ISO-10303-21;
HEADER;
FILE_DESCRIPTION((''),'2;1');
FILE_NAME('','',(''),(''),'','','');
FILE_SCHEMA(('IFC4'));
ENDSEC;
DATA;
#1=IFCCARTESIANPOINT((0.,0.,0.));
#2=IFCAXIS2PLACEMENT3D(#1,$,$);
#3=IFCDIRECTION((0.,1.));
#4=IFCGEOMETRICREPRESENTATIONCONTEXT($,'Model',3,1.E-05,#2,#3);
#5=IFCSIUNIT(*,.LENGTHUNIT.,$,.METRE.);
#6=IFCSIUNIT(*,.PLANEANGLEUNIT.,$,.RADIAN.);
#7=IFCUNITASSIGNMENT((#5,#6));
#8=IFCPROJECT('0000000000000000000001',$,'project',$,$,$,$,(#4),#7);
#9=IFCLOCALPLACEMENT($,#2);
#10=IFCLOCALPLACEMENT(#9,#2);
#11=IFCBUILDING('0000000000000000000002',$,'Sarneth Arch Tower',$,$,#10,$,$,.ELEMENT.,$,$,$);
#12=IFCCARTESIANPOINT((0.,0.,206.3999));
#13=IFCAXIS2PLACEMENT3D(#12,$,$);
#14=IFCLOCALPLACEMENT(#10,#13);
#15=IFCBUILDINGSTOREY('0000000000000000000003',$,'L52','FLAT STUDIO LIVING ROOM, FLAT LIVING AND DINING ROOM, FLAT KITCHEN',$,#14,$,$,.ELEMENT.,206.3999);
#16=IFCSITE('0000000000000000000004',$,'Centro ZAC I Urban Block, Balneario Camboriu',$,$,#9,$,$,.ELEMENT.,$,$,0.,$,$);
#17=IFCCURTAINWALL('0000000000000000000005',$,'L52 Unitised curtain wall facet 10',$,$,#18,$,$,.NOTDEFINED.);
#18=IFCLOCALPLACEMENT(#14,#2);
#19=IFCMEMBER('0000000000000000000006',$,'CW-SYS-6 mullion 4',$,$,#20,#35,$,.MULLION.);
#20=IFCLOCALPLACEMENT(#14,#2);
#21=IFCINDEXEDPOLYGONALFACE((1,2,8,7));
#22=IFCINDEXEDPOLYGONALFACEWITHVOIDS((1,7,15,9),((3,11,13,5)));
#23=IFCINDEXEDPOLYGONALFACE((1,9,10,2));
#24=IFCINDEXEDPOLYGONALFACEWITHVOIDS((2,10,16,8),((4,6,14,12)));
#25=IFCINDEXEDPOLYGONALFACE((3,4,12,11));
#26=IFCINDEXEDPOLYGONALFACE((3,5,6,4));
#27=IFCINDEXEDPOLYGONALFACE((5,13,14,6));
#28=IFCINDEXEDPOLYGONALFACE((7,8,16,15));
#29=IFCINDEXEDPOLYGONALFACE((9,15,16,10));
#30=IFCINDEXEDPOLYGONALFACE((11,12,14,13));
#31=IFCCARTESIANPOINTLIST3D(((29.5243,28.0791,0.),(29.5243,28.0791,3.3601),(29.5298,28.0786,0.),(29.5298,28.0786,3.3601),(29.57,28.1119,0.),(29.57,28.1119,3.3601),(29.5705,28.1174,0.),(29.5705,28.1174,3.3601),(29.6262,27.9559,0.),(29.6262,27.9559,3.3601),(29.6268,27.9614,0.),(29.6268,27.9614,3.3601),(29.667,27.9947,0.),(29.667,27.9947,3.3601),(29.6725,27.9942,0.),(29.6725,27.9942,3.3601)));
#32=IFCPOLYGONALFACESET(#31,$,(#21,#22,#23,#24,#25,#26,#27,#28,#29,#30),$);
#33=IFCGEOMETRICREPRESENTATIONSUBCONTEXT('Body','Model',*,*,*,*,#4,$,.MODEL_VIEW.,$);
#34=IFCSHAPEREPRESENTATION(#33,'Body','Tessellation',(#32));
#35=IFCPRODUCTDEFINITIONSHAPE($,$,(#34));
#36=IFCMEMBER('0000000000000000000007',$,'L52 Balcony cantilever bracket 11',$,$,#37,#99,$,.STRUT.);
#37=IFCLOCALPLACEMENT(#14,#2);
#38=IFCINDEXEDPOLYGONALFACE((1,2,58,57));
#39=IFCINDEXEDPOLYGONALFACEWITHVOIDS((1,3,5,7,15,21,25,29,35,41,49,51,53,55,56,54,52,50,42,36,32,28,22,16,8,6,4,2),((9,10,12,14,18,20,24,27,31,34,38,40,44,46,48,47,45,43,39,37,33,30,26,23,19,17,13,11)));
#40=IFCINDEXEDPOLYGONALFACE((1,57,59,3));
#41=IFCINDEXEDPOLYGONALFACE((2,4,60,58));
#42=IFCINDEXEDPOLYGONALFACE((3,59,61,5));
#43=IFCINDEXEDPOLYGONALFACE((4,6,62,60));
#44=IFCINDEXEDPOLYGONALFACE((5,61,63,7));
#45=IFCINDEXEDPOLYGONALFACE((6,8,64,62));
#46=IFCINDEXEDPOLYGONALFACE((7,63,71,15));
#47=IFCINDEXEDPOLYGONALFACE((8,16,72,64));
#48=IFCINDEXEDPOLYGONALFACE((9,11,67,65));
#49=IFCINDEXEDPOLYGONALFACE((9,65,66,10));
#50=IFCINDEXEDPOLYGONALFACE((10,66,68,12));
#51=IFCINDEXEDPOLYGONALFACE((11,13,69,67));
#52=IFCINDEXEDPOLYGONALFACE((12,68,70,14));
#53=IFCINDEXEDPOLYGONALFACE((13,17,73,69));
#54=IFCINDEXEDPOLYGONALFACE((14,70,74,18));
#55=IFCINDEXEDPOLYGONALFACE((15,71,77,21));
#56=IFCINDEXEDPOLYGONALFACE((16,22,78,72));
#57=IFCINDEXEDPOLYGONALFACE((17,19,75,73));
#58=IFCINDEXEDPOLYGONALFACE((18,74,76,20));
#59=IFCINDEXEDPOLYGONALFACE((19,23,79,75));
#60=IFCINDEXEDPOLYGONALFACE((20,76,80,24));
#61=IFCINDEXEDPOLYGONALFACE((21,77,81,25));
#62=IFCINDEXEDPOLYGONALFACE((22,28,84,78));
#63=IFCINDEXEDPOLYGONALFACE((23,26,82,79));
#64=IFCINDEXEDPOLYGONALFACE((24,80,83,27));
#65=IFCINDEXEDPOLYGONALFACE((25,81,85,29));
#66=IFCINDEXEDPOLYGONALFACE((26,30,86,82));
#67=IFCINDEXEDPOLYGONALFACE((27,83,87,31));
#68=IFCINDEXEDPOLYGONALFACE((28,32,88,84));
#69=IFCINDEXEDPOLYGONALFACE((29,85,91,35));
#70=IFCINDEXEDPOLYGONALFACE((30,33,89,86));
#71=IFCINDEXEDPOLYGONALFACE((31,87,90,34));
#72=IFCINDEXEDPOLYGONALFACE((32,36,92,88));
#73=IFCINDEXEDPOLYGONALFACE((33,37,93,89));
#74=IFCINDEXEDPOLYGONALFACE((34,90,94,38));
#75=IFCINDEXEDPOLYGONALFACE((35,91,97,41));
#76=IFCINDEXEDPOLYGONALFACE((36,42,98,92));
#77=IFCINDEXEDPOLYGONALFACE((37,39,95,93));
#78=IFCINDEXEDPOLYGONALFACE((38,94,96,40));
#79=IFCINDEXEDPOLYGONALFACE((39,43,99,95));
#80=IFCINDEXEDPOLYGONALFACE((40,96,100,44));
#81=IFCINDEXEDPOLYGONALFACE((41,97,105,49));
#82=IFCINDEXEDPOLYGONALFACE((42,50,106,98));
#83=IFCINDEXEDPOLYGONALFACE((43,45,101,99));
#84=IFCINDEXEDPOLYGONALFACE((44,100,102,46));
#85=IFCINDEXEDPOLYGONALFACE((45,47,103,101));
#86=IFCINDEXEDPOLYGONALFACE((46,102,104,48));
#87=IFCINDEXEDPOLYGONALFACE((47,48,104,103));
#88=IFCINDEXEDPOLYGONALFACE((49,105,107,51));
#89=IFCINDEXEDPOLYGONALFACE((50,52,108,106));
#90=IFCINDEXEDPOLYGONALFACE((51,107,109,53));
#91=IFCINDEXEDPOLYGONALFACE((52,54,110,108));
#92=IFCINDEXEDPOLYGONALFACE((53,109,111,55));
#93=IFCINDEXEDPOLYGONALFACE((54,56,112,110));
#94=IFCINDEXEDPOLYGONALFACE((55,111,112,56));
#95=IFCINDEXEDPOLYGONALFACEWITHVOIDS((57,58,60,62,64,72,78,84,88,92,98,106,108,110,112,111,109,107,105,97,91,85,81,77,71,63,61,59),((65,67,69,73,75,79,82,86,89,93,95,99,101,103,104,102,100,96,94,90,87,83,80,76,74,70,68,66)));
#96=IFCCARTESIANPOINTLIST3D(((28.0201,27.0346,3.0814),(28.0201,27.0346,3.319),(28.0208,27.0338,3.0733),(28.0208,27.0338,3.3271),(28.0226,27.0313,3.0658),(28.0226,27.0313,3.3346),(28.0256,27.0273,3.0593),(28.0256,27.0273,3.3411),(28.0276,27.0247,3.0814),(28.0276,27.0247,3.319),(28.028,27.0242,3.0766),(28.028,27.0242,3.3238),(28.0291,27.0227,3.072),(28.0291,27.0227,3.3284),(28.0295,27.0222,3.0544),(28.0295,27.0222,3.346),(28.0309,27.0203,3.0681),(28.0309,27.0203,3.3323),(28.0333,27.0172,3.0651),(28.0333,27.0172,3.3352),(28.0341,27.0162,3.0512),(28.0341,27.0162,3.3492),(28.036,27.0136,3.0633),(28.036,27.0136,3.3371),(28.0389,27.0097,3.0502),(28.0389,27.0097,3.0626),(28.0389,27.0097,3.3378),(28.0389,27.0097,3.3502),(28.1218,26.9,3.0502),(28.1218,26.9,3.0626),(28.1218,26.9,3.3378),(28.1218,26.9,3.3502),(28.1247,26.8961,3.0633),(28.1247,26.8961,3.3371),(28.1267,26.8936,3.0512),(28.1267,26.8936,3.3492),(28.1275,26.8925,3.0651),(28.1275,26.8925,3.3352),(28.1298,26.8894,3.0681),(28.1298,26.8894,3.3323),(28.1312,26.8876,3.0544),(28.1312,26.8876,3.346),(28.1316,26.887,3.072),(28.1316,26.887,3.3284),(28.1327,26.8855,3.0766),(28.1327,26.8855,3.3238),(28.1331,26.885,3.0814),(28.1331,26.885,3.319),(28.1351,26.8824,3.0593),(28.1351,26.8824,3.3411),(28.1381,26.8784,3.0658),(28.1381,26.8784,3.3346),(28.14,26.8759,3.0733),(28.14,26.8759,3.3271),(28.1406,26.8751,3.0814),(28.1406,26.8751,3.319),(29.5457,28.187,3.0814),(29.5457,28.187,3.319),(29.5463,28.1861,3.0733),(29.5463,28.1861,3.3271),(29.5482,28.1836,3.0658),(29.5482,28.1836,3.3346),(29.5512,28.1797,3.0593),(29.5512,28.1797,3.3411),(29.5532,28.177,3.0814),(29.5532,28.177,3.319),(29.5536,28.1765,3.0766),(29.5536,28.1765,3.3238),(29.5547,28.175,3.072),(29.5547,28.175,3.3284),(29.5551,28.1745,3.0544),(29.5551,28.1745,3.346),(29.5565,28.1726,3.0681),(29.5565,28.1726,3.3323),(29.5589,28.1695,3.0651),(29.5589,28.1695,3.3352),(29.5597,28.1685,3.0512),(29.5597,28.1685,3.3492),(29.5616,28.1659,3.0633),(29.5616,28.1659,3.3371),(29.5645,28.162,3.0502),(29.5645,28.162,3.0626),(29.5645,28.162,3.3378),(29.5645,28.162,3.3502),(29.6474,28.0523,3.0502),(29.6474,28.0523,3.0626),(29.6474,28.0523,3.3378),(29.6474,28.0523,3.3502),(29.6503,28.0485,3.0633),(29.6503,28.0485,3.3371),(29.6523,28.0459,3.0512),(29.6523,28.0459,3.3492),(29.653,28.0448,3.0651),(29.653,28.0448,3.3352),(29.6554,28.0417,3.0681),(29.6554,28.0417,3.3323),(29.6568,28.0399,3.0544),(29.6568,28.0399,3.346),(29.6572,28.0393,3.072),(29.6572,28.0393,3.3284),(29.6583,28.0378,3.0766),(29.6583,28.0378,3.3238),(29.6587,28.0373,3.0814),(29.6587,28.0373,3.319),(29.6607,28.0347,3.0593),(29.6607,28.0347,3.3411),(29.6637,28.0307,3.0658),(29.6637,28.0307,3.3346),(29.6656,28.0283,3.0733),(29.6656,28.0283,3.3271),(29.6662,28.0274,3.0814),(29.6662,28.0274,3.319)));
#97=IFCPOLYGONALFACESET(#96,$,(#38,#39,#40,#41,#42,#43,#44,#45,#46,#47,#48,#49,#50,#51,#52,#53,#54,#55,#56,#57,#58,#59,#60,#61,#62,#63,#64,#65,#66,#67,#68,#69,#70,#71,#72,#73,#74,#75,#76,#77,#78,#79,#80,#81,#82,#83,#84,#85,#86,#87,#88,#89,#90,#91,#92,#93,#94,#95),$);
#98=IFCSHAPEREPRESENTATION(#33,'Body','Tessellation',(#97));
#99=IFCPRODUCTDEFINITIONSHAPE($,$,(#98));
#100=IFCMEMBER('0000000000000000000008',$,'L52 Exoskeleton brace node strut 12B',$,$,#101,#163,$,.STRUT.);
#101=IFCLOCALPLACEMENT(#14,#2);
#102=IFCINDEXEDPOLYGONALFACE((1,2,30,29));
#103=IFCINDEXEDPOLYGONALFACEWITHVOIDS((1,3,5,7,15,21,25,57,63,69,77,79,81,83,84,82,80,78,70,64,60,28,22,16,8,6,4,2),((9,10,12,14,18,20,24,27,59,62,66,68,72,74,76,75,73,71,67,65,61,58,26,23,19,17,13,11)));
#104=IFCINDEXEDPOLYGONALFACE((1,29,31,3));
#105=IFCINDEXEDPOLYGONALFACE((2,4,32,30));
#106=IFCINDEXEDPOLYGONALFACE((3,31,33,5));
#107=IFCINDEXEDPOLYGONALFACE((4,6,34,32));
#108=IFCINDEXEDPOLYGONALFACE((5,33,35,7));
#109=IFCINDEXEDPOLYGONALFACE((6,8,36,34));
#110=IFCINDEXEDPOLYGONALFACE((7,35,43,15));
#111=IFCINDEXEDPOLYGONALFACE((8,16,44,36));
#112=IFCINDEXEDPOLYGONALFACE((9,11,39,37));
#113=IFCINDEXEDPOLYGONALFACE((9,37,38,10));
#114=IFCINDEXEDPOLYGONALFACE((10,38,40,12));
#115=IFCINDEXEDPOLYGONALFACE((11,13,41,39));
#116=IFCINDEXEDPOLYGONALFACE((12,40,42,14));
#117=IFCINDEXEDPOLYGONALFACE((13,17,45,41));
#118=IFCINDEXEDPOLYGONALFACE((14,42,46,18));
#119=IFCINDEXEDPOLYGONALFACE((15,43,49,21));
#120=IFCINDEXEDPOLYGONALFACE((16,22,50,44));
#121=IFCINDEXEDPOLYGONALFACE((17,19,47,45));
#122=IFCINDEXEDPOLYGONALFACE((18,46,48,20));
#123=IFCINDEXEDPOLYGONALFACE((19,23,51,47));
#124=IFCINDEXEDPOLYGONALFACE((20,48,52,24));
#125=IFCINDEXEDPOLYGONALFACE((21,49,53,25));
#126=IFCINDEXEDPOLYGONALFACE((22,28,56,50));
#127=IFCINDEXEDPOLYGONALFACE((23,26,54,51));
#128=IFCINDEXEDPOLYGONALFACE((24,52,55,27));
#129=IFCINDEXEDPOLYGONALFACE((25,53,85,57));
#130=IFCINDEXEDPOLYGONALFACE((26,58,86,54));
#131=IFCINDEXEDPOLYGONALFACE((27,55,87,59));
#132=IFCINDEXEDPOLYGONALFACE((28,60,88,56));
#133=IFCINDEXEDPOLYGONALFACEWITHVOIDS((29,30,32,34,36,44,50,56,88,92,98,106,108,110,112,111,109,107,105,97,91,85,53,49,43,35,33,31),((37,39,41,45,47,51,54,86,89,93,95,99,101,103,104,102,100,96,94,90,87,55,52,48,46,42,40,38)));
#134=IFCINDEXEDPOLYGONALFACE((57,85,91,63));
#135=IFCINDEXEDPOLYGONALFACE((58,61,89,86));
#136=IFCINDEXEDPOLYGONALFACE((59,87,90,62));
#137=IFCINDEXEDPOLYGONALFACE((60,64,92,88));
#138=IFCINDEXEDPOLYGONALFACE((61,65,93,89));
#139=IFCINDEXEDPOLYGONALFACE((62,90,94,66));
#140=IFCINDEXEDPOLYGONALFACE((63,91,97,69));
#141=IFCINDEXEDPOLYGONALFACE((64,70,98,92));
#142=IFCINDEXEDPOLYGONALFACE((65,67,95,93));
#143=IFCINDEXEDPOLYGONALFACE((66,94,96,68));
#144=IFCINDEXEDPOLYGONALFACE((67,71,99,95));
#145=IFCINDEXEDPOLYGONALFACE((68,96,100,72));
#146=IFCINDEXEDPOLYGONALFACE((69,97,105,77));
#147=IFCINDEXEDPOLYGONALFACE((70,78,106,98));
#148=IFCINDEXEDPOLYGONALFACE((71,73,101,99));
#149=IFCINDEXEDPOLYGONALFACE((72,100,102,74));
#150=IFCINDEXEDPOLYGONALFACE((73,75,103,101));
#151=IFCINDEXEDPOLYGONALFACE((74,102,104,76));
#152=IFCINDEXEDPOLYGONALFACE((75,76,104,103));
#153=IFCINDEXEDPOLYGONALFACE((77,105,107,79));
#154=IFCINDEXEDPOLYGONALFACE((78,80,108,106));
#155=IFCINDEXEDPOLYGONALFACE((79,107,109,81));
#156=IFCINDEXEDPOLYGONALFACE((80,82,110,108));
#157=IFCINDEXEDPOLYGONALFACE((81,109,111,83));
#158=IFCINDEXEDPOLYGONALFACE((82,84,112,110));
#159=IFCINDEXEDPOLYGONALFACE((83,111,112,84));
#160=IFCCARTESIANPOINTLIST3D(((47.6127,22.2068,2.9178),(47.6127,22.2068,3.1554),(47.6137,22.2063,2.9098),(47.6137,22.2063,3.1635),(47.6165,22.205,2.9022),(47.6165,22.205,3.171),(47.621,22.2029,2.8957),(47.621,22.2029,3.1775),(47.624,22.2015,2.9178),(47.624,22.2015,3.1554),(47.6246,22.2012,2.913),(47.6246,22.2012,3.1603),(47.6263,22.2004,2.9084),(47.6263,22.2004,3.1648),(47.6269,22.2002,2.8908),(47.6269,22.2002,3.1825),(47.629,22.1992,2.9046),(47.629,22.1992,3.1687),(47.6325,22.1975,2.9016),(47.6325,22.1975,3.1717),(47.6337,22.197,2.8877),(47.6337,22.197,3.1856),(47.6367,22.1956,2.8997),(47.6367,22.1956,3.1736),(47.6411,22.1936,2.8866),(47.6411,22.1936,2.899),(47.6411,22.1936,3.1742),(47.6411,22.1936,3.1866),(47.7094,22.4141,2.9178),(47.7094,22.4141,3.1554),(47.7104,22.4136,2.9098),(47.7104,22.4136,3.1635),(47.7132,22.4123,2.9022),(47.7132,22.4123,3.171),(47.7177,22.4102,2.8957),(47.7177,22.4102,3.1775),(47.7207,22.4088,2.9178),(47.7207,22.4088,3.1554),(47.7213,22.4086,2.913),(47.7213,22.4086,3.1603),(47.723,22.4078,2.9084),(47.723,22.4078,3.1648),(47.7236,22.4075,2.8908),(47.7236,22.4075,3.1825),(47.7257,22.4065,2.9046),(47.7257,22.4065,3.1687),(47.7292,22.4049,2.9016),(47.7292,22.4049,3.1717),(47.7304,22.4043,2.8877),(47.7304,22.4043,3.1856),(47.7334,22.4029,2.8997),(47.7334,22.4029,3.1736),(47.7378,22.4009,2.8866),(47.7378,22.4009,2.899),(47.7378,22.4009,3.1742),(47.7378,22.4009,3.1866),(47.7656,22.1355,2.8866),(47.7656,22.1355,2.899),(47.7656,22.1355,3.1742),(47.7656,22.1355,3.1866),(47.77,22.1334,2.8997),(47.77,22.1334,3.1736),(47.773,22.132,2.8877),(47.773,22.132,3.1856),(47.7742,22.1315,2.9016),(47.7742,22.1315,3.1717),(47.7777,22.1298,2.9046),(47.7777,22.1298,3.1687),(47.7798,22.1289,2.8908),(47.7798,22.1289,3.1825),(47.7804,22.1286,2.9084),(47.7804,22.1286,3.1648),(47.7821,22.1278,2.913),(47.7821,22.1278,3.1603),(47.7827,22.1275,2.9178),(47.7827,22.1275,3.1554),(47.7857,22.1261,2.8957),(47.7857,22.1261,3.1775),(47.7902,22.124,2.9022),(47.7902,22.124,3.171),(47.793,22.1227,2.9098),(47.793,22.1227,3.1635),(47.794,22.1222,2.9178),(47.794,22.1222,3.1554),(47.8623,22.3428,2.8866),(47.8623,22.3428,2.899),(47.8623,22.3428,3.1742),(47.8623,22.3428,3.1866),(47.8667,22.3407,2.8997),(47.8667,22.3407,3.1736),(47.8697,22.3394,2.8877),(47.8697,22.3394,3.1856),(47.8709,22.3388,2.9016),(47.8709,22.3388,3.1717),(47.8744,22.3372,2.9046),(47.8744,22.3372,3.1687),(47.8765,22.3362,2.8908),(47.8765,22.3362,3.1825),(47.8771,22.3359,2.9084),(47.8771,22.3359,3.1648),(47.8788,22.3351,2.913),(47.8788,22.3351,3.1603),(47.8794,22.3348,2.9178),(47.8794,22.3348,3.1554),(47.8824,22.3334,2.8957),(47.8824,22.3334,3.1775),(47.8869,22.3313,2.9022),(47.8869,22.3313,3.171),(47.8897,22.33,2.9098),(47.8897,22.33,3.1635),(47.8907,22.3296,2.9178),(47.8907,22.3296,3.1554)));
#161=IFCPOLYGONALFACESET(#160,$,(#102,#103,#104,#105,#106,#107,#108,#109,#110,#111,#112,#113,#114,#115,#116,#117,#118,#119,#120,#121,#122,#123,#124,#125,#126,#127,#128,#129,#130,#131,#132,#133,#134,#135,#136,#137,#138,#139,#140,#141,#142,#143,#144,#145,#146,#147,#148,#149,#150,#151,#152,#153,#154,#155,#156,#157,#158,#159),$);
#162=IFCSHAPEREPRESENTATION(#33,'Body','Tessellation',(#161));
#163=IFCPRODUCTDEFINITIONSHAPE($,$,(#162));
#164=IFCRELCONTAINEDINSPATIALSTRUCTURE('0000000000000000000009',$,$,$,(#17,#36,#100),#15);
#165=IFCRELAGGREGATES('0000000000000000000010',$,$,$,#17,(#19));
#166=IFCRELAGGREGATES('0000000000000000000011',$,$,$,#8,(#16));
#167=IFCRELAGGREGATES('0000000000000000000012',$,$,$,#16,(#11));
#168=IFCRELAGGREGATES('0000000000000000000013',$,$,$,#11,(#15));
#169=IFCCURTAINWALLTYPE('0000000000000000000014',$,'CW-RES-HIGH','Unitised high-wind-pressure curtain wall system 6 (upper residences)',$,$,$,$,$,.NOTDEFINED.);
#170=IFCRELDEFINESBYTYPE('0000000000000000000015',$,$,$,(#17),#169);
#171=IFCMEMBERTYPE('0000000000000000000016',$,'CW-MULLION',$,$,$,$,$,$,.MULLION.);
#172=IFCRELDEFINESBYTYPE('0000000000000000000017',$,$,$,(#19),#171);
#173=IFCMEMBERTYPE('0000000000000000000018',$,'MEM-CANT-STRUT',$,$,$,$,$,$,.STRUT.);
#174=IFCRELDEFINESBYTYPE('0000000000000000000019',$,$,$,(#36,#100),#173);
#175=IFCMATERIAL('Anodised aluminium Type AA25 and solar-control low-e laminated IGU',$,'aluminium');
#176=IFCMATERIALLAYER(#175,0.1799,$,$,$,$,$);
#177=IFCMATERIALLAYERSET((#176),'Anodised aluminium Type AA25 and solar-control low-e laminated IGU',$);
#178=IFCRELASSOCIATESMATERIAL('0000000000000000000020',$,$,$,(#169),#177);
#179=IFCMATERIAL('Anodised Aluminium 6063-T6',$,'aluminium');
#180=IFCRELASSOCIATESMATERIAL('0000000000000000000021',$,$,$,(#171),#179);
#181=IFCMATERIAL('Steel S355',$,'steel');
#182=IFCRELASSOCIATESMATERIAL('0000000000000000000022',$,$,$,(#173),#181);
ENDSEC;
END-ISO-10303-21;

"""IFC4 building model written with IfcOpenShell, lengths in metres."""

from ifc_helpers import new_model, si_unit, direction, frame, origin, origin_2d, place, context, subcontext, project, spatial, hollow_rectangle, extrude, material, layer, layer_set, material_profile, profile_set, type_object, element, aggregate, save


model = new_model("IFC4")

# Units and contexts
model_context = context("Model", 3, precision=1e-05, world=origin(), true_north=direction((0.0, 1.0)))
body_context = subcontext(model_context, "Body", "Model", "MODEL_VIEW")
ifc_project = project(units=[si_unit("LENGTHUNIT", "METRE"), si_unit("PLANEANGLEUNIT", "RADIAN")], contexts=[model_context])

# Site, building, storey
site_placement = place(None, origin())
site = spatial("IfcSite", under=ifc_project, at=site_placement, Name="Centro ZAC I Urban Block, Balneario Camboriu", CompositionType="ELEMENT", RefElevation=0.0)
building_placement = place(site_placement, origin())
building = spatial("IfcBuilding", under=site, at=building_placement, Name="Sarneth Arch Tower", CompositionType="ELEMENT")
storey_placement = place(building_placement, frame((0.0, 0.0, 206.3999)))
storey = spatial("IfcBuildingStorey", under=building, at=storey_placement, Name="L52", Description="FLAT STUDIO LIVING ROOM, FLAT LIVING AND DINING ROOM, FLAT KITCHEN", CompositionType="ELEMENT", Elevation=206.3999)

# Curtain wall, member
ifc_material_1 = material(Name="Anodised aluminium Type AA25 and solar-control low-e laminated IGU", Category="aluminium")
ifc_layer_1 = layer(ifc_material_1, 0.1799)
ifc_layer_set_1 = layer_set([ifc_layer_1], Name="Anodised aluminium Type AA25 and solar-control low-e laminated IGU")
curtain_wall_type = type_object("IfcCurtainWallType", Name="CW-RES-HIGH", Description="Unitised high-wind-pressure curtain wall system 6 (upper residences)", PredefinedType="NOTDEFINED", material=ifc_layer_set_1)
curtain_wall_placement = place(storey_placement, origin())
curtain_wall = element("IfcCurtainWall", 1, at=curtain_wall_placement, inside=storey, type_object=curtain_wall_type, Name="L52 Unitised curtain wall facet 10", PredefinedType="NOTDEFINED")
ifc_material_2 = material(Name="Anodised Aluminium 6063-T6", Category="aluminium")
ifc_material_profile_1 = material_profile(ifc_material_2, hollow_rectangle(XDim=0.0601, YDim=0.1599, WallThickness=0.0039, at=origin_2d()), Name="AL-MULL-160x60x4")
ifc_profile_set_1 = profile_set([ifc_material_profile_1], Name="Anodised Aluminium 6063-T6")
member_type_1 = type_object("IfcMemberType", Name="CW-MULLION", PredefinedType="MULLION", material=ifc_profile_set_1)
member_1_placement = place(storey_placement, frame((29.5984, 28.0366, 0.0), z_axis=(0.0, 0.0, 1.0), x_axis=(0.770359, 0.63761, 0.0)))
member_1 = element("IfcMember", 2, at=member_1_placement, type_object=member_type_1, Name="CW-SYS-6 mullion 4", PredefinedType="MULLION", context=body_context, shape_type="SweptSolid", body=[
    extrude(hollow_rectangle(XDim=0.0601, YDim=0.1599, WallThickness=0.0039, at=origin_2d()), origin(), (0.0, 0.0, 1.0), 3.3601),
])

# Members
ifc_material_3 = material(Name="Steel S355", Category="steel")
ifc_material_profile_2 = material_profile(ifc_material_3, hollow_rectangle(XDim=0.2, YDim=0.3, WallThickness=0.0125, InnerFilletRadius=0.0188, OuterFilletRadius=0.0312, at=origin_2d()), Name="RHS300x200x12.5")
ifc_profile_set_2 = profile_set([ifc_material_profile_2], Name="Steel S355")
member_type_2 = type_object("IfcMemberType", Name="MEM-CANT-STRUT", PredefinedType="STRUT", material=ifc_profile_set_2)
member_2_placement = place(storey_placement, frame((29.606, 28.1072, 3.2002), z_axis=(-0.797957, -0.602714, 0.0), x_axis=(0.602714, -0.797957, 0.0)))
element("IfcMember", 3, at=member_2_placement, inside=storey, type_object=member_type_2, Name="L52 Balcony cantilever bracket 11", PredefinedType="STRUT", context=body_context, shape_type="SweptSolid", body=[
    extrude(hollow_rectangle(XDim=0.2, YDim=0.3, WallThickness=0.0125, InnerFilletRadius=0.0188, OuterFilletRadius=0.0312, at=origin_2d()), origin(), (0.0, 0.0, 1.0), 1.9119),
])
member_3_placement = place(storey_placement, frame((47.8, 22.3718, 3.0366), z_axis=(-0.42271, -0.906265, 0.0), x_axis=(0.906265, -0.42271, 0.0)))
element("IfcMember", 4, at=member_3_placement, inside=storey, type_object=member_type_2, Name="L52 Exoskeleton brace node strut 12B", PredefinedType="STRUT", context=body_context, shape_type="SweptSolid", body=[
    extrude(hollow_rectangle(XDim=0.2, YDim=0.3, WallThickness=0.0125, InnerFilletRadius=0.0188, OuterFilletRadius=0.0312, at=origin_2d()), origin(), (0.0, 0.0, 1.0), 0.2288),
])

aggregate(curtain_wall, [member_1])

save(model, "model.ifc")
